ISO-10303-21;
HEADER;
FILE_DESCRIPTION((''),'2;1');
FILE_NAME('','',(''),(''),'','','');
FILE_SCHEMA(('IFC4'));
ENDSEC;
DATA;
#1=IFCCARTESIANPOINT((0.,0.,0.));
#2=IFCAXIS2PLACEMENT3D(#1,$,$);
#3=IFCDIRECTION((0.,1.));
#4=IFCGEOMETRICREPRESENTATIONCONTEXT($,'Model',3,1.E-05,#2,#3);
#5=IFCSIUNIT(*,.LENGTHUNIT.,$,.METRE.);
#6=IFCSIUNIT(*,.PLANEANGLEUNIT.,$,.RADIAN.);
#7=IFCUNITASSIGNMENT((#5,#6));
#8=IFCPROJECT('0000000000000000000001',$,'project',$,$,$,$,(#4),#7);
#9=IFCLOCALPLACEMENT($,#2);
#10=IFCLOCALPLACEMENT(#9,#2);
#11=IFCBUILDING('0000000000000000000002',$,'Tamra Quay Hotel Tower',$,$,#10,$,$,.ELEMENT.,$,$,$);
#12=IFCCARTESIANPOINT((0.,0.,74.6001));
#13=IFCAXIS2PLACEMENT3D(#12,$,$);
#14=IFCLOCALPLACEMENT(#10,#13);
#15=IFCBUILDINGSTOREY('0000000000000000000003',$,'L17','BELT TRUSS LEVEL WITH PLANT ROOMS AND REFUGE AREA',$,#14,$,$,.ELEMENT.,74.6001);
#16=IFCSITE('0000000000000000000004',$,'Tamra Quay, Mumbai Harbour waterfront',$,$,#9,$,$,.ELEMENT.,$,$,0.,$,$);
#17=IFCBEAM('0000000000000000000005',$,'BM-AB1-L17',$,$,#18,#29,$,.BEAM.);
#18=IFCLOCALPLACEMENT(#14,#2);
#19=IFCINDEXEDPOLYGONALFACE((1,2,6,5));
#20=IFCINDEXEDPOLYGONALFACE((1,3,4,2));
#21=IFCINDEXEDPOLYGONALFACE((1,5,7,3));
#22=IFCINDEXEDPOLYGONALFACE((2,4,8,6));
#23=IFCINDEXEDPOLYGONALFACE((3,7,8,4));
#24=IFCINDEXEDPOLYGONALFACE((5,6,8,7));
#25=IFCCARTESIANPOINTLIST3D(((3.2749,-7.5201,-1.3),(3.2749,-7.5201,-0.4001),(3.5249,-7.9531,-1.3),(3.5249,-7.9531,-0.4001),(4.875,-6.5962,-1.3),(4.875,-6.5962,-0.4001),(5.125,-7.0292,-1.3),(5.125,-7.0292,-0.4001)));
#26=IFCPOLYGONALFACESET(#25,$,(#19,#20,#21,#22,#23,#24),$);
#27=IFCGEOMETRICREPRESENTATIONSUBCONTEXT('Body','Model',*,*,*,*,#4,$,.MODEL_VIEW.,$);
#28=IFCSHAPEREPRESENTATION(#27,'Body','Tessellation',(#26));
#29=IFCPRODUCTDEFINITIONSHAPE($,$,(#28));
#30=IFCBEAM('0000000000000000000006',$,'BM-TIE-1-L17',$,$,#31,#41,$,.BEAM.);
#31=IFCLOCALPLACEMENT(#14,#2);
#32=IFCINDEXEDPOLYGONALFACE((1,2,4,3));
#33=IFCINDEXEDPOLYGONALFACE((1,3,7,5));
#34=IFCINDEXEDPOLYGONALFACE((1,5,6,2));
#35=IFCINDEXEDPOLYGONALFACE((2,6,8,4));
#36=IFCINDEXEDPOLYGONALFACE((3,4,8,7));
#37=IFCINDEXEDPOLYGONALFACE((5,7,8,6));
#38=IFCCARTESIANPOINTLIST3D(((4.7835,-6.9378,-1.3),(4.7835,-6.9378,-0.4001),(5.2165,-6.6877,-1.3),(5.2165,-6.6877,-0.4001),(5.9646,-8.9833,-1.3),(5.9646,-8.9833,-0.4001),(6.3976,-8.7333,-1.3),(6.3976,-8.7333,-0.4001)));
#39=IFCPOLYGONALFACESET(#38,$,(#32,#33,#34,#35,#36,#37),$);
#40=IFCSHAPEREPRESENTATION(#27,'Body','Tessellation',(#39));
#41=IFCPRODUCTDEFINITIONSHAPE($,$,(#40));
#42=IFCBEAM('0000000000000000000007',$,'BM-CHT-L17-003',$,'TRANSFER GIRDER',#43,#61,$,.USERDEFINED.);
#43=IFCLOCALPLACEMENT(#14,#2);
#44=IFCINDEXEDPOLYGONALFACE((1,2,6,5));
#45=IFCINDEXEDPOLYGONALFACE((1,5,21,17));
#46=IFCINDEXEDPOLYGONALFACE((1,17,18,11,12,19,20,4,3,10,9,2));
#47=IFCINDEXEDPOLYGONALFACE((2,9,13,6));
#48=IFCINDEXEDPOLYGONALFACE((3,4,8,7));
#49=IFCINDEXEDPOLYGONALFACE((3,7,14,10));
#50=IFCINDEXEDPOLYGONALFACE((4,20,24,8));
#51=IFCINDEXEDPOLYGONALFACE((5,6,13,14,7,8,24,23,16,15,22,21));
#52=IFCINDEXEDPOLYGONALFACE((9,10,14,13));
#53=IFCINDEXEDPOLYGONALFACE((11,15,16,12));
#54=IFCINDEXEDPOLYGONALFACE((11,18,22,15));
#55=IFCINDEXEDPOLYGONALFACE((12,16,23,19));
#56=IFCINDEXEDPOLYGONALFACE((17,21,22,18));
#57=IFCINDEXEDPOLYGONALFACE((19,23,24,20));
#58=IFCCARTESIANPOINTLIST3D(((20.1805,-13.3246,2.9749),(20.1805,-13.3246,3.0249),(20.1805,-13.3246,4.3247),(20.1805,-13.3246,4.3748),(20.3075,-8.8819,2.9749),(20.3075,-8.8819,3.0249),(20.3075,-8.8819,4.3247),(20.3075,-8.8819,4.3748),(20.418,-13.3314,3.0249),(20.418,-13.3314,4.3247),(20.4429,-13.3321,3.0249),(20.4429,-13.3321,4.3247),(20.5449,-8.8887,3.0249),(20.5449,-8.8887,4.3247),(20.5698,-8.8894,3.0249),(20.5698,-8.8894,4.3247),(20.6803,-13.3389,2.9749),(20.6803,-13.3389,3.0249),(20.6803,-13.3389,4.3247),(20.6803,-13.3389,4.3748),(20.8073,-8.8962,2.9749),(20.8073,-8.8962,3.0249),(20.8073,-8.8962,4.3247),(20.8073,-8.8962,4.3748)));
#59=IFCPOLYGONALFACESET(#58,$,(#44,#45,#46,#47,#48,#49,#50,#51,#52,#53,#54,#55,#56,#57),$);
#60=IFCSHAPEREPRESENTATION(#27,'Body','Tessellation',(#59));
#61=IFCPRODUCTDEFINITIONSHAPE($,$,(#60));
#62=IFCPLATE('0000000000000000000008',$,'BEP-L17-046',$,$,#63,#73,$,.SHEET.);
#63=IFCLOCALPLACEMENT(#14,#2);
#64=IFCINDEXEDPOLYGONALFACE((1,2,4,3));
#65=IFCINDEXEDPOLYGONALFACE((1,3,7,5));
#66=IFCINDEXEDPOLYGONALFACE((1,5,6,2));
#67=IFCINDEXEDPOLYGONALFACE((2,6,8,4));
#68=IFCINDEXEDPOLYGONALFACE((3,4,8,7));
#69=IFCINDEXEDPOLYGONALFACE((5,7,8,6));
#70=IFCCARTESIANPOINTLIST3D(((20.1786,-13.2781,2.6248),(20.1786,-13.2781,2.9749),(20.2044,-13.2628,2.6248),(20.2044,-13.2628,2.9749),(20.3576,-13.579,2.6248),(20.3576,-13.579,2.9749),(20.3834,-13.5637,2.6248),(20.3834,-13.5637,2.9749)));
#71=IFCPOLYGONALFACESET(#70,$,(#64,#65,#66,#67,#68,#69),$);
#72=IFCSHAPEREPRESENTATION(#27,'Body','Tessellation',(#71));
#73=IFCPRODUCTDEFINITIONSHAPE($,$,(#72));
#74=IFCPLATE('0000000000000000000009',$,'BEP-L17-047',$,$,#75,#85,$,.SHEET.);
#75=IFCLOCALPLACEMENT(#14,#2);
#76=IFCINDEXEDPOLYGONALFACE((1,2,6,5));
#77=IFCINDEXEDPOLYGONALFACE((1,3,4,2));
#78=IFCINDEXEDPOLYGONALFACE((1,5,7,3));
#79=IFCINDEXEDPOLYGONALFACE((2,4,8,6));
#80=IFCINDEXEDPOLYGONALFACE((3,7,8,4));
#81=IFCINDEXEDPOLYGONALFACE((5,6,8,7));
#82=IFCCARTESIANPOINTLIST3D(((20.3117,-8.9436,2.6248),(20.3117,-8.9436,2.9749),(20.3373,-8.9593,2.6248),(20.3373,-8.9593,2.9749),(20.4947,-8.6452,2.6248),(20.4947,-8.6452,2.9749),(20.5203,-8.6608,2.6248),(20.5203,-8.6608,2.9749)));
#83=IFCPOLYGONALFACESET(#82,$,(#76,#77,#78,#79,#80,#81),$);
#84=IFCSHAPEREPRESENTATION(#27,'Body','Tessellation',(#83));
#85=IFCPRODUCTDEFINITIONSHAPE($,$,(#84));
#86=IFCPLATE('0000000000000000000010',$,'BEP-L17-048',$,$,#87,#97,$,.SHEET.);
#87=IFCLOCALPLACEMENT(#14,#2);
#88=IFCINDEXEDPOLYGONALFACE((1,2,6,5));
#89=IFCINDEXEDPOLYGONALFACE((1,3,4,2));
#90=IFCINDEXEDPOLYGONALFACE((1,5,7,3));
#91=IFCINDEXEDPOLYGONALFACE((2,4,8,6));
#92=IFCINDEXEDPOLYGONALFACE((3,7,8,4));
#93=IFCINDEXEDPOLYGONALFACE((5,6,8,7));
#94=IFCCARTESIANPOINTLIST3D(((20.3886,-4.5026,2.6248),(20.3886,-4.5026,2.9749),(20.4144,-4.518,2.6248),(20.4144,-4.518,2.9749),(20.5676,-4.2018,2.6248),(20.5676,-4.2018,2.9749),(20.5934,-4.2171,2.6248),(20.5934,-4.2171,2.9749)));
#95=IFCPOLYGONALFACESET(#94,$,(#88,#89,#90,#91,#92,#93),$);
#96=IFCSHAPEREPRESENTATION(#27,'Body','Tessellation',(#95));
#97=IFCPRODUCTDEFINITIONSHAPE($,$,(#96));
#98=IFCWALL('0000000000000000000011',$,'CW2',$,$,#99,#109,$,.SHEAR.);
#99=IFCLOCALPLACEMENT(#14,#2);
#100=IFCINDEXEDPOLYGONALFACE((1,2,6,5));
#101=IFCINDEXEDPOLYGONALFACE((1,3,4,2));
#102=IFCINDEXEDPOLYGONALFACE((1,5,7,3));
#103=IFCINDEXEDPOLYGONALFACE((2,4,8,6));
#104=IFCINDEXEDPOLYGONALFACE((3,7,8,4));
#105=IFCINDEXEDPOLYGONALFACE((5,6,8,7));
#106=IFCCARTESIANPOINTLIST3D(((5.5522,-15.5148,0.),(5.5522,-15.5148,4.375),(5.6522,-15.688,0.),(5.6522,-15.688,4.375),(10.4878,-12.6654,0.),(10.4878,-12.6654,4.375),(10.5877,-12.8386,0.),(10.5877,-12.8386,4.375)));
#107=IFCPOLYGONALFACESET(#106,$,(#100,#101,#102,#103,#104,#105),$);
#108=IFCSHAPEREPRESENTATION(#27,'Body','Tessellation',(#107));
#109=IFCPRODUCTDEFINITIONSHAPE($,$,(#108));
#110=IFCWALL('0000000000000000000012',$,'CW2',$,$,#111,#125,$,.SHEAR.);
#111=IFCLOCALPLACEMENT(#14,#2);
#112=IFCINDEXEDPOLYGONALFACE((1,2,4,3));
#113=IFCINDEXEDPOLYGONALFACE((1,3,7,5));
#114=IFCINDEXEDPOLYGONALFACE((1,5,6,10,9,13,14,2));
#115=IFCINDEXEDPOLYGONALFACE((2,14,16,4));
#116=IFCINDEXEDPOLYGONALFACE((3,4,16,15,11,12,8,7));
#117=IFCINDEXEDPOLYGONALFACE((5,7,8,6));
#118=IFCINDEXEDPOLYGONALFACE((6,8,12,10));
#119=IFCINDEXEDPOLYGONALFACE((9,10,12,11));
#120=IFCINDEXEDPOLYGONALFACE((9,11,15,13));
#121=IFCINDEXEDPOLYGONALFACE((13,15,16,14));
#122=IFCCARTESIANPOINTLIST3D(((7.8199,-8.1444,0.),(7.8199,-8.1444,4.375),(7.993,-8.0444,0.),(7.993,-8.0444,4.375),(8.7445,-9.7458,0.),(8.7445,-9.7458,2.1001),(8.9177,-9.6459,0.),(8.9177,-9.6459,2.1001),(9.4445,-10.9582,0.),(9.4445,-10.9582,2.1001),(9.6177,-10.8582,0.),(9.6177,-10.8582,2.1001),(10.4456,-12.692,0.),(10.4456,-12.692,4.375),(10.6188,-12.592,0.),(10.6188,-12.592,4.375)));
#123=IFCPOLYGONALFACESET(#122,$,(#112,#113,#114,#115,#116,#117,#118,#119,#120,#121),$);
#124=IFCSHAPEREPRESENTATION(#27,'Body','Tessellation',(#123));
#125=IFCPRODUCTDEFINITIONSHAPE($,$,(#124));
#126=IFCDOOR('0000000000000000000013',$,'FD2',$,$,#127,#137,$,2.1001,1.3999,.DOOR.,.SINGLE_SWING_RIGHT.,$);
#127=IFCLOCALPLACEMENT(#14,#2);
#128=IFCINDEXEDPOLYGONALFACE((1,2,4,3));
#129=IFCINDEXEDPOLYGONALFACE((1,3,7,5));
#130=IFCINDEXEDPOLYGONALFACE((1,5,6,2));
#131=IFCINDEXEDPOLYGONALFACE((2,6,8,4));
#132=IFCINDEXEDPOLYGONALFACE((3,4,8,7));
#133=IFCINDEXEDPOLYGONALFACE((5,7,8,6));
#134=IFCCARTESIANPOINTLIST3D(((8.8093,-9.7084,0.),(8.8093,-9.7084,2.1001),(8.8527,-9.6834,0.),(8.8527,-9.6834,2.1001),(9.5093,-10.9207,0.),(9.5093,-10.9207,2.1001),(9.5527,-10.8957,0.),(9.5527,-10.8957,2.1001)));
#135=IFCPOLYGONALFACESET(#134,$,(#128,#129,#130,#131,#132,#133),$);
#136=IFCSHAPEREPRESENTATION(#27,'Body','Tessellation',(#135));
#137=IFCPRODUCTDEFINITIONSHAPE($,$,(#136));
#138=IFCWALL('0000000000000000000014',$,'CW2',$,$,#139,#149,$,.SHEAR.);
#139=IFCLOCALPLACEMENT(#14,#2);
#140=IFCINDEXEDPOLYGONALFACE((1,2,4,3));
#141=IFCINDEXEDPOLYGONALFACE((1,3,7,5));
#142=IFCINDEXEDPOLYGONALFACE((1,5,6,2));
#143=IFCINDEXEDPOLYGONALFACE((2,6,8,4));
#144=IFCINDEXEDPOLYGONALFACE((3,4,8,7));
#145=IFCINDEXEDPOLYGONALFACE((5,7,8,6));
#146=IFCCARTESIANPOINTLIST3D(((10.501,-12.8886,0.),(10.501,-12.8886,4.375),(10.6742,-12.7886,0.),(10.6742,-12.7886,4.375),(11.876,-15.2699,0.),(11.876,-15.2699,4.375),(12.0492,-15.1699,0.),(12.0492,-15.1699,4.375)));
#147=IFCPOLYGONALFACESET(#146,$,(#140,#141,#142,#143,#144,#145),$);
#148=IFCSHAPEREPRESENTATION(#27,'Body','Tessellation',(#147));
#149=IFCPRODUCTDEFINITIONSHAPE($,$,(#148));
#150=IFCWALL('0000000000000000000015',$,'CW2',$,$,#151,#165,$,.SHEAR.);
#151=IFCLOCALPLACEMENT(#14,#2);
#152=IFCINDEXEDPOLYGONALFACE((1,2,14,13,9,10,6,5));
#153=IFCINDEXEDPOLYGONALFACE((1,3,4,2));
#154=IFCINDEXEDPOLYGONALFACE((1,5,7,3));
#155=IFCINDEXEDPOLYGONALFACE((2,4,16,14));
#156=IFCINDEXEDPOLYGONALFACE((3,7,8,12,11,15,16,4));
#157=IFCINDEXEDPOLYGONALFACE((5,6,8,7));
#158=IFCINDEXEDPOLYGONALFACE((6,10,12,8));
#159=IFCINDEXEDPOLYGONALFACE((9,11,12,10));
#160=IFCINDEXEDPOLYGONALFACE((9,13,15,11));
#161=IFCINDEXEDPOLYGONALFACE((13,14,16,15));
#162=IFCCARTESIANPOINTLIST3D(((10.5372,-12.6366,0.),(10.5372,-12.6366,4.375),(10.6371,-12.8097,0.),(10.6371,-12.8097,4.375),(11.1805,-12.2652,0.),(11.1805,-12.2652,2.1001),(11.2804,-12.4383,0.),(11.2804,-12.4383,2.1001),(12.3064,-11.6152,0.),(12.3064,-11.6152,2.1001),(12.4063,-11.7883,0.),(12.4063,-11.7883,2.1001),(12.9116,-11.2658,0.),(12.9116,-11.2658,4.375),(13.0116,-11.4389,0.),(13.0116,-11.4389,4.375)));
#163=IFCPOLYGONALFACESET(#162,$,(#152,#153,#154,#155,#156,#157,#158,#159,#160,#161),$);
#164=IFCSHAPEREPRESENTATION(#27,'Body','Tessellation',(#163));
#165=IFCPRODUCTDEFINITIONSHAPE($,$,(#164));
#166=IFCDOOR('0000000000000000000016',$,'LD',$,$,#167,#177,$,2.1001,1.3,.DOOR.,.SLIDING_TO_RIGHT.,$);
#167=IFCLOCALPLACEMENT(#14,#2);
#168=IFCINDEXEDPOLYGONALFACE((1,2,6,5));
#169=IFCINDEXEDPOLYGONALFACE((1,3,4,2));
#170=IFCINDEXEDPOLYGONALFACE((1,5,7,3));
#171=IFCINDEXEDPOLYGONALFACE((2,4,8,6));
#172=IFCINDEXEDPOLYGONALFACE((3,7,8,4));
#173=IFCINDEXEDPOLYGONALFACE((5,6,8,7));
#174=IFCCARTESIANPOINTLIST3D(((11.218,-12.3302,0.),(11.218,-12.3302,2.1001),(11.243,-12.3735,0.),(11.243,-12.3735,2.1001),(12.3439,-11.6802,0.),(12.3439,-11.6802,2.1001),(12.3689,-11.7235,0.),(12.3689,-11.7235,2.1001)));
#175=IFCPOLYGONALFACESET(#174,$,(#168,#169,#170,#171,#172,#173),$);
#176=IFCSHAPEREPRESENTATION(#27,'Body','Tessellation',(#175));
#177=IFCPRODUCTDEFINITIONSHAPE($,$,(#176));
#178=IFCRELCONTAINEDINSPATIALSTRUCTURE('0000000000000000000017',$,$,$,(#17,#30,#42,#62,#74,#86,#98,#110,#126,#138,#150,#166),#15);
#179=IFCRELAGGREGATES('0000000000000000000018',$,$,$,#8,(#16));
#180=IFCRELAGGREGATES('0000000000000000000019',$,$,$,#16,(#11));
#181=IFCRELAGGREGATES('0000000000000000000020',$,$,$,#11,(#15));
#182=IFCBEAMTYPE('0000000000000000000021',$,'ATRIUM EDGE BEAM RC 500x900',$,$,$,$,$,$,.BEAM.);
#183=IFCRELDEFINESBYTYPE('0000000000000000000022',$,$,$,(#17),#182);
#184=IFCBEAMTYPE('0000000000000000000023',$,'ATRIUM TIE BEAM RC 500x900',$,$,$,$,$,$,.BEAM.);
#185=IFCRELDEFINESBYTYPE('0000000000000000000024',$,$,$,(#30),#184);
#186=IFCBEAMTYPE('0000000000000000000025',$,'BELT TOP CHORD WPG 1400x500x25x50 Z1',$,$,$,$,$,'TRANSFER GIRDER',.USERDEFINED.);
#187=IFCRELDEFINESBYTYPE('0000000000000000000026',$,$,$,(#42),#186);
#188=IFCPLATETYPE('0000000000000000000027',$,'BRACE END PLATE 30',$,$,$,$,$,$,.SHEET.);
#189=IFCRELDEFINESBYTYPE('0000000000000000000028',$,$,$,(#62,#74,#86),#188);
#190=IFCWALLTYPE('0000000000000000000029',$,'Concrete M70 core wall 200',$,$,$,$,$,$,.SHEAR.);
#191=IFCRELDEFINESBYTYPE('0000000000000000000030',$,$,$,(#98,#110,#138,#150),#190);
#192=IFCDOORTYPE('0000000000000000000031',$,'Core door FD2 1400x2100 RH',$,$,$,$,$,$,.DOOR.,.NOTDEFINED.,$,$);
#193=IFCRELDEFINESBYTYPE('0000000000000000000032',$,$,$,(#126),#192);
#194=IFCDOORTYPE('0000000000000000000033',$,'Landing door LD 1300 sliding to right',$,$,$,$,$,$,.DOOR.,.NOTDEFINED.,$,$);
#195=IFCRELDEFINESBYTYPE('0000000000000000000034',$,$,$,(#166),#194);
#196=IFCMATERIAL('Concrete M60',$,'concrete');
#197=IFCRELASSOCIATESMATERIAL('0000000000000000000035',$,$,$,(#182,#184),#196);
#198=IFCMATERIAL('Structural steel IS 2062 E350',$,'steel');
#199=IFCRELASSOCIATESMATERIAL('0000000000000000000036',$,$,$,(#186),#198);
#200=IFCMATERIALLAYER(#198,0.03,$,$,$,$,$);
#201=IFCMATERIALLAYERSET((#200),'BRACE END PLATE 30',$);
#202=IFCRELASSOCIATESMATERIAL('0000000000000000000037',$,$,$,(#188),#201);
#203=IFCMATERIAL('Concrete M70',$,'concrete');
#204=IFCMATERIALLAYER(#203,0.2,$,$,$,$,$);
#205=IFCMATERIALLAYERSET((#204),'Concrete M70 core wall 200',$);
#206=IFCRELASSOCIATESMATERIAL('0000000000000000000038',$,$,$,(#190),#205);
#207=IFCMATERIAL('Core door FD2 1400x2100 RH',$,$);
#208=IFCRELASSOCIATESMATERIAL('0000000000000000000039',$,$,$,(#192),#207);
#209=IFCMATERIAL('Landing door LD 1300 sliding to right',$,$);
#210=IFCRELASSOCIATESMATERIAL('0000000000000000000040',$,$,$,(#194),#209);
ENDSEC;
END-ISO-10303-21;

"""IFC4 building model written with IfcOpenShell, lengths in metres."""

from ifc_helpers import new_model, si_unit, direction, frame, frame_2d, origin, origin_2d, place, context, subcontext, project, spatial, rectangle, i_section, extrude, material, layer, layer_set, material_profile, profile_set, type_object, element, fill, save


model = new_model("IFC4")

# Units and contexts
model_context = context("Model", 3, precision=1e-05, world=origin(), true_north=direction((0.0, 1.0)))
body_context = subcontext(model_context, "Body", "Model", "MODEL_VIEW")
ifc_project = project(units=[si_unit("LENGTHUNIT", "METRE"), si_unit("PLANEANGLEUNIT", "RADIAN")], contexts=[model_context])

# Site, building, storey
site_placement = place(None, origin())
site = spatial("IfcSite", under=ifc_project, at=site_placement, Name="Tamra Quay, Mumbai Harbour waterfront", CompositionType="ELEMENT", RefElevation=0.0)
building_placement = place(site_placement, origin())
building = spatial("IfcBuilding", under=site, at=building_placement, Name="Tamra Quay Hotel Tower", CompositionType="ELEMENT")
storey_placement = place(building_placement, frame((0.0, 0.0, 74.6001)))
storey = spatial("IfcBuildingStorey", under=building, at=storey_placement, Name="L17", Description="BELT TRUSS LEVEL WITH PLANT ROOMS AND REFUGE AREA", CompositionType="ELEMENT", Elevation=74.6001)

# Beams
ifc_material_1 = material(Name="Concrete M60", Category="concrete")
ifc_material_profile_1 = material_profile(ifc_material_1, rectangle(XDim=0.5, YDim=0.8999, at=origin_2d()), Name="ATRIUM EDGE BEAM RC 500x900")
ifc_profile_set_1 = profile_set([ifc_material_profile_1], Name="Concrete M60")
beam_type_1 = type_object("IfcBeamType", Name="ATRIUM EDGE BEAM RC 500x900", PredefinedType="BEAM", material=ifc_profile_set_1)
beam_1_placement = place(storey_placement, frame((5.0, -6.8127, -0.8501), z_axis=(-0.866023, -0.500005, 0.0), x_axis=(0.500005, -0.866023, 0.0)))
element("IfcBeam", 1, at=beam_1_placement, inside=storey, type_object=beam_type_1, Name="BM-AB1-L17", PredefinedType="BEAM", context=body_context, shape_type="SweptSolid", body=[
    extrude(rectangle(XDim=0.5, YDim=0.8999, at=origin_2d()), origin(), (0.0, 0.0, 1.0), 1.8477),
])
ifc_material_profile_2 = material_profile(ifc_material_1, rectangle(XDim=0.5, YDim=0.8999, at=origin_2d()), Name="ATRIUM TIE BEAM RC 500x900")
ifc_profile_set_2 = profile_set([ifc_material_profile_2], Name="Concrete M60")
beam_type_2 = type_object("IfcBeamType", Name="ATRIUM TIE BEAM RC 500x900", PredefinedType="BEAM", material=ifc_profile_set_2)
beam_2_placement = place(storey_placement, frame((5.0, -6.8127, -0.8501), z_axis=(0.50003, -0.866008, 0.0), x_axis=(0.866008, 0.50003, 0.0)))
element("IfcBeam", 2, at=beam_2_placement, inside=storey, type_object=beam_type_2, Name="BM-TIE-1-L17", PredefinedType="BEAM", context=body_context, shape_type="SweptSolid", body=[
    extrude(rectangle(XDim=0.5, YDim=0.8999, at=origin_2d()), origin(), (0.0, 0.0, 1.0), 2.3621),
])
ifc_material_2 = material(Name="Structural steel IS 2062 E350", Category="steel")
ifc_material_profile_3 = material_profile(ifc_material_2, i_section(OverallWidth=0.5, OverallDepth=1.3999, WebThickness=0.0249, FlangeThickness=0.05, at=origin_2d()), Name="WPG 1400x500x25x50")
ifc_profile_set_3 = profile_set([ifc_material_profile_3], Name="Structural steel IS 2062 E350")
beam_type_3 = type_object("IfcBeamType", Name="BELT TOP CHORD WPG 1400x500x25x50 Z1", ElementType="TRANSFER GIRDER", PredefinedType="USERDEFINED", material=ifc_profile_set_3)
beam_3_placement = place(storey_placement, frame((20.4304, -13.3318, 3.6748), z_axis=(0.028563, 0.999592, 0.0), x_axis=(-0.999592, 0.028563, 0.0)))
element("IfcBeam", 3, at=beam_3_placement, inside=storey, type_object=beam_type_3, Name="BM-CHT-L17-003", ObjectType="TRANSFER GIRDER", PredefinedType="USERDEFINED", context=body_context, shape_type="SweptSolid", body=[
    extrude(i_section(OverallWidth=0.5, OverallDepth=1.3999, WebThickness=0.0249, FlangeThickness=0.05, at=origin_2d()), origin(), (0.0, 0.0, 1.0), 4.4446),
])

# Plates
ifc_layer_1 = layer(ifc_material_2, 0.03)
ifc_layer_set_1 = layer_set([ifc_layer_1], Name="BRACE END PLATE 30")
plate_type = type_object("IfcPlateType", Name="BRACE END PLATE 30", PredefinedType="SHEET", material=ifc_layer_set_1)
for number, where, z_axis, x_axis, name in (
    (4, (20.281, -13.4209, 2.6248), (0.0, 0.0, 1.0), (0.859451, 0.511218, 0.0), "BEP-L17-046"),
    (5, (20.416, -8.8022, 2.6248), (0.0, 0.0, 1.0), (-0.852604, 0.522558, 0.0), "BEP-L17-047"),
    (6, (20.491, -4.3599, 2.6248), (0.0, 0.0, 1.0), (-0.859381, 0.511337, 0.0), "BEP-L17-048"),
):
    element("IfcPlate", number, at=place(storey_placement, frame(where, z_axis=z_axis, x_axis=x_axis)), inside=storey, type_object=plate_type, Name=name, PredefinedType="SHEET", context=body_context, shape_type="SweptSolid", body=[
        extrude(rectangle(XDim=0.03, YDim=0.3501, at=origin_2d()), origin(), (0.0, 0.0, 1.0), 0.3501),
    ])

# Wall
ifc_material_3 = material(Name="Concrete M70", Category="concrete")
ifc_layer_2 = layer(ifc_material_3, 0.2)
ifc_layer_set_2 = layer_set([ifc_layer_2], Name="Concrete M70 core wall 200")
wall_type_1 = type_object("IfcWallType", Name="Concrete M70 core wall 200", PredefinedType="SHEAR", material=ifc_layer_set_2)
wall_1_placement = place(storey_placement, frame((10.5378, -12.752, 0.0), z_axis=(0.0, 0.0, 1.0), x_axis=(-0.866039, -0.499977, 0.0)))
element("IfcWall", 7, at=wall_1_placement, inside=storey, type_object=wall_type_1, Name="CW2", PredefinedType="SHEAR", context=body_context, shape_type="SweptSolid", body=[
    extrude(rectangle(XDim=5.699, YDim=0.2, at=frame_2d((2.8496, 0.0))), origin(), (0.0, 0.0, 1.0), 4.375),
])

# Wall, opening, door
wall_2_placement = place(storey_placement, frame((7.9065, -8.0945, 0.0), z_axis=(0.0, 0.0, 1.0), x_axis=(0.500024, -0.866011, 0.0)))
wall_2 = element("IfcWall", 8, at=wall_2_placement, inside=storey, type_object=wall_type_1, Name="CW2", PredefinedType="SHEAR", context=body_context, shape_type="SweptSolid", body=[
    extrude(rectangle(XDim=5.2512, YDim=0.2, at=frame_2d((2.6255, 0.0))), origin(), (0.0, 0.0, 1.0), 4.375),
])
opening_1_placement = place(wall_2_placement, frame((1.8491, 0.0, 0.0)))
opening_1 = element("IfcOpeningElement", 9, at=opening_1_placement, cuts=wall_2, PredefinedType="OPENING", context=body_context, shape_type="SweptSolid", body=[
    extrude(rectangle(XDim=1.3999, YDim=2.1001, at=frame_2d((0.7, 1.05))), frame((0.0, 0.1099, 0.0), z_axis=(0.0, -1.0, 0.0), x_axis=(1.0, 0.0, 0.0)), (0.0, 0.0, 1.0), 0.22),
])
ifc_material_4 = material(Name="Core door FD2 1400x2100 RH")
door_type_1 = type_object("IfcDoorType", Name="Core door FD2 1400x2100 RH", OperationType="NOTDEFINED", PredefinedType="DOOR", material=ifc_material_4)
door_1_placement = place(opening_1_placement, origin())
door_1 = element("IfcDoor", 10, at=door_1_placement, inside=storey, type_object=door_type_1, Name="FD2", OperationType="SINGLE_SWING_RIGHT", OverallHeight=2.1001, OverallWidth=1.3999, PredefinedType="DOOR", context=body_context, shape_type="SweptSolid", body=[
    extrude(rectangle(XDim=1.3999, YDim=2.1001, at=frame_2d((0.7, 1.05))), frame((0.0, 0.0249, 0.0), z_axis=(0.0, -1.0, 0.0), x_axis=(1.0, 0.0, 0.0)), (0.0, 0.0, 1.0), 0.05),
])
fill(opening_1, door_1)

# Wall
wall_3_placement = place(storey_placement, frame((11.9626, -15.22, 0.0), z_axis=(0.0, 0.0, 1.0), x_axis=(-0.500035, 0.866005, 0.0)))
element("IfcWall", 11, at=wall_3_placement, inside=storey, type_object=wall_type_1, Name="CW2", PredefinedType="SHEAR", context=body_context, shape_type="SweptSolid", body=[
    extrude(rectangle(XDim=2.7498, YDim=0.2, at=frame_2d((1.375, 0.0))), origin(), (0.0, 0.0, 1.0), 4.375),
])

# Wall, opening, door
wall_4_placement = place(storey_placement, frame((10.5872, -12.7231, 0.0), z_axis=(0.0, 0.0, 1.0), x_axis=(0.866037, 0.499979, 0.0)))
wall_4 = element("IfcWall", 12, at=wall_4_placement, inside=storey, type_object=wall_type_1, Name="CW2", PredefinedType="SHEAR", context=body_context, shape_type="SweptSolid", body=[
    extrude(rectangle(XDim=2.7417, YDim=0.2, at=frame_2d((1.3708, 0.0))), origin(), (0.0, 0.0, 1.0), 4.375),
])
opening_2_placement = place(wall_4_placement, frame((0.7429, 0.0, 0.0)))
opening_2 = element("IfcOpeningElement", 13, at=opening_2_placement, cuts=wall_4, PredefinedType="OPENING", context=body_context, shape_type="SweptSolid", body=[
    extrude(rectangle(XDim=1.3, YDim=2.1001, at=frame_2d((0.6499, 1.05))), frame((0.0, 0.1099, 0.0), z_axis=(0.0, -1.0, 0.0), x_axis=(1.0, 0.0, 0.0)), (0.0, 0.0, 1.0), 0.22),
])
ifc_material_5 = material(Name="Landing door LD 1300 sliding to right")
door_type_2 = type_object("IfcDoorType", Name="Landing door LD 1300 sliding to right", OperationType="NOTDEFINED", PredefinedType="DOOR", material=ifc_material_5)
door_2_placement = place(opening_2_placement, origin())
door_2 = element("IfcDoor", 14, at=door_2_placement, inside=storey, type_object=door_type_2, Name="LD", OperationType="SLIDING_TO_RIGHT", OverallHeight=2.1001, OverallWidth=1.3, PredefinedType="DOOR", context=body_context, shape_type="SweptSolid", body=[
    extrude(rectangle(XDim=1.3, YDim=2.1001, at=frame_2d((0.6499, 1.05))), frame((0.0, 0.0249, 0.0), z_axis=(0.0, -1.0, 0.0), x_axis=(1.0, 0.0, 0.0)), (0.0, 0.0, 1.0), 0.05),
])
fill(opening_2, door_2)

save(model, "model.ifc")
